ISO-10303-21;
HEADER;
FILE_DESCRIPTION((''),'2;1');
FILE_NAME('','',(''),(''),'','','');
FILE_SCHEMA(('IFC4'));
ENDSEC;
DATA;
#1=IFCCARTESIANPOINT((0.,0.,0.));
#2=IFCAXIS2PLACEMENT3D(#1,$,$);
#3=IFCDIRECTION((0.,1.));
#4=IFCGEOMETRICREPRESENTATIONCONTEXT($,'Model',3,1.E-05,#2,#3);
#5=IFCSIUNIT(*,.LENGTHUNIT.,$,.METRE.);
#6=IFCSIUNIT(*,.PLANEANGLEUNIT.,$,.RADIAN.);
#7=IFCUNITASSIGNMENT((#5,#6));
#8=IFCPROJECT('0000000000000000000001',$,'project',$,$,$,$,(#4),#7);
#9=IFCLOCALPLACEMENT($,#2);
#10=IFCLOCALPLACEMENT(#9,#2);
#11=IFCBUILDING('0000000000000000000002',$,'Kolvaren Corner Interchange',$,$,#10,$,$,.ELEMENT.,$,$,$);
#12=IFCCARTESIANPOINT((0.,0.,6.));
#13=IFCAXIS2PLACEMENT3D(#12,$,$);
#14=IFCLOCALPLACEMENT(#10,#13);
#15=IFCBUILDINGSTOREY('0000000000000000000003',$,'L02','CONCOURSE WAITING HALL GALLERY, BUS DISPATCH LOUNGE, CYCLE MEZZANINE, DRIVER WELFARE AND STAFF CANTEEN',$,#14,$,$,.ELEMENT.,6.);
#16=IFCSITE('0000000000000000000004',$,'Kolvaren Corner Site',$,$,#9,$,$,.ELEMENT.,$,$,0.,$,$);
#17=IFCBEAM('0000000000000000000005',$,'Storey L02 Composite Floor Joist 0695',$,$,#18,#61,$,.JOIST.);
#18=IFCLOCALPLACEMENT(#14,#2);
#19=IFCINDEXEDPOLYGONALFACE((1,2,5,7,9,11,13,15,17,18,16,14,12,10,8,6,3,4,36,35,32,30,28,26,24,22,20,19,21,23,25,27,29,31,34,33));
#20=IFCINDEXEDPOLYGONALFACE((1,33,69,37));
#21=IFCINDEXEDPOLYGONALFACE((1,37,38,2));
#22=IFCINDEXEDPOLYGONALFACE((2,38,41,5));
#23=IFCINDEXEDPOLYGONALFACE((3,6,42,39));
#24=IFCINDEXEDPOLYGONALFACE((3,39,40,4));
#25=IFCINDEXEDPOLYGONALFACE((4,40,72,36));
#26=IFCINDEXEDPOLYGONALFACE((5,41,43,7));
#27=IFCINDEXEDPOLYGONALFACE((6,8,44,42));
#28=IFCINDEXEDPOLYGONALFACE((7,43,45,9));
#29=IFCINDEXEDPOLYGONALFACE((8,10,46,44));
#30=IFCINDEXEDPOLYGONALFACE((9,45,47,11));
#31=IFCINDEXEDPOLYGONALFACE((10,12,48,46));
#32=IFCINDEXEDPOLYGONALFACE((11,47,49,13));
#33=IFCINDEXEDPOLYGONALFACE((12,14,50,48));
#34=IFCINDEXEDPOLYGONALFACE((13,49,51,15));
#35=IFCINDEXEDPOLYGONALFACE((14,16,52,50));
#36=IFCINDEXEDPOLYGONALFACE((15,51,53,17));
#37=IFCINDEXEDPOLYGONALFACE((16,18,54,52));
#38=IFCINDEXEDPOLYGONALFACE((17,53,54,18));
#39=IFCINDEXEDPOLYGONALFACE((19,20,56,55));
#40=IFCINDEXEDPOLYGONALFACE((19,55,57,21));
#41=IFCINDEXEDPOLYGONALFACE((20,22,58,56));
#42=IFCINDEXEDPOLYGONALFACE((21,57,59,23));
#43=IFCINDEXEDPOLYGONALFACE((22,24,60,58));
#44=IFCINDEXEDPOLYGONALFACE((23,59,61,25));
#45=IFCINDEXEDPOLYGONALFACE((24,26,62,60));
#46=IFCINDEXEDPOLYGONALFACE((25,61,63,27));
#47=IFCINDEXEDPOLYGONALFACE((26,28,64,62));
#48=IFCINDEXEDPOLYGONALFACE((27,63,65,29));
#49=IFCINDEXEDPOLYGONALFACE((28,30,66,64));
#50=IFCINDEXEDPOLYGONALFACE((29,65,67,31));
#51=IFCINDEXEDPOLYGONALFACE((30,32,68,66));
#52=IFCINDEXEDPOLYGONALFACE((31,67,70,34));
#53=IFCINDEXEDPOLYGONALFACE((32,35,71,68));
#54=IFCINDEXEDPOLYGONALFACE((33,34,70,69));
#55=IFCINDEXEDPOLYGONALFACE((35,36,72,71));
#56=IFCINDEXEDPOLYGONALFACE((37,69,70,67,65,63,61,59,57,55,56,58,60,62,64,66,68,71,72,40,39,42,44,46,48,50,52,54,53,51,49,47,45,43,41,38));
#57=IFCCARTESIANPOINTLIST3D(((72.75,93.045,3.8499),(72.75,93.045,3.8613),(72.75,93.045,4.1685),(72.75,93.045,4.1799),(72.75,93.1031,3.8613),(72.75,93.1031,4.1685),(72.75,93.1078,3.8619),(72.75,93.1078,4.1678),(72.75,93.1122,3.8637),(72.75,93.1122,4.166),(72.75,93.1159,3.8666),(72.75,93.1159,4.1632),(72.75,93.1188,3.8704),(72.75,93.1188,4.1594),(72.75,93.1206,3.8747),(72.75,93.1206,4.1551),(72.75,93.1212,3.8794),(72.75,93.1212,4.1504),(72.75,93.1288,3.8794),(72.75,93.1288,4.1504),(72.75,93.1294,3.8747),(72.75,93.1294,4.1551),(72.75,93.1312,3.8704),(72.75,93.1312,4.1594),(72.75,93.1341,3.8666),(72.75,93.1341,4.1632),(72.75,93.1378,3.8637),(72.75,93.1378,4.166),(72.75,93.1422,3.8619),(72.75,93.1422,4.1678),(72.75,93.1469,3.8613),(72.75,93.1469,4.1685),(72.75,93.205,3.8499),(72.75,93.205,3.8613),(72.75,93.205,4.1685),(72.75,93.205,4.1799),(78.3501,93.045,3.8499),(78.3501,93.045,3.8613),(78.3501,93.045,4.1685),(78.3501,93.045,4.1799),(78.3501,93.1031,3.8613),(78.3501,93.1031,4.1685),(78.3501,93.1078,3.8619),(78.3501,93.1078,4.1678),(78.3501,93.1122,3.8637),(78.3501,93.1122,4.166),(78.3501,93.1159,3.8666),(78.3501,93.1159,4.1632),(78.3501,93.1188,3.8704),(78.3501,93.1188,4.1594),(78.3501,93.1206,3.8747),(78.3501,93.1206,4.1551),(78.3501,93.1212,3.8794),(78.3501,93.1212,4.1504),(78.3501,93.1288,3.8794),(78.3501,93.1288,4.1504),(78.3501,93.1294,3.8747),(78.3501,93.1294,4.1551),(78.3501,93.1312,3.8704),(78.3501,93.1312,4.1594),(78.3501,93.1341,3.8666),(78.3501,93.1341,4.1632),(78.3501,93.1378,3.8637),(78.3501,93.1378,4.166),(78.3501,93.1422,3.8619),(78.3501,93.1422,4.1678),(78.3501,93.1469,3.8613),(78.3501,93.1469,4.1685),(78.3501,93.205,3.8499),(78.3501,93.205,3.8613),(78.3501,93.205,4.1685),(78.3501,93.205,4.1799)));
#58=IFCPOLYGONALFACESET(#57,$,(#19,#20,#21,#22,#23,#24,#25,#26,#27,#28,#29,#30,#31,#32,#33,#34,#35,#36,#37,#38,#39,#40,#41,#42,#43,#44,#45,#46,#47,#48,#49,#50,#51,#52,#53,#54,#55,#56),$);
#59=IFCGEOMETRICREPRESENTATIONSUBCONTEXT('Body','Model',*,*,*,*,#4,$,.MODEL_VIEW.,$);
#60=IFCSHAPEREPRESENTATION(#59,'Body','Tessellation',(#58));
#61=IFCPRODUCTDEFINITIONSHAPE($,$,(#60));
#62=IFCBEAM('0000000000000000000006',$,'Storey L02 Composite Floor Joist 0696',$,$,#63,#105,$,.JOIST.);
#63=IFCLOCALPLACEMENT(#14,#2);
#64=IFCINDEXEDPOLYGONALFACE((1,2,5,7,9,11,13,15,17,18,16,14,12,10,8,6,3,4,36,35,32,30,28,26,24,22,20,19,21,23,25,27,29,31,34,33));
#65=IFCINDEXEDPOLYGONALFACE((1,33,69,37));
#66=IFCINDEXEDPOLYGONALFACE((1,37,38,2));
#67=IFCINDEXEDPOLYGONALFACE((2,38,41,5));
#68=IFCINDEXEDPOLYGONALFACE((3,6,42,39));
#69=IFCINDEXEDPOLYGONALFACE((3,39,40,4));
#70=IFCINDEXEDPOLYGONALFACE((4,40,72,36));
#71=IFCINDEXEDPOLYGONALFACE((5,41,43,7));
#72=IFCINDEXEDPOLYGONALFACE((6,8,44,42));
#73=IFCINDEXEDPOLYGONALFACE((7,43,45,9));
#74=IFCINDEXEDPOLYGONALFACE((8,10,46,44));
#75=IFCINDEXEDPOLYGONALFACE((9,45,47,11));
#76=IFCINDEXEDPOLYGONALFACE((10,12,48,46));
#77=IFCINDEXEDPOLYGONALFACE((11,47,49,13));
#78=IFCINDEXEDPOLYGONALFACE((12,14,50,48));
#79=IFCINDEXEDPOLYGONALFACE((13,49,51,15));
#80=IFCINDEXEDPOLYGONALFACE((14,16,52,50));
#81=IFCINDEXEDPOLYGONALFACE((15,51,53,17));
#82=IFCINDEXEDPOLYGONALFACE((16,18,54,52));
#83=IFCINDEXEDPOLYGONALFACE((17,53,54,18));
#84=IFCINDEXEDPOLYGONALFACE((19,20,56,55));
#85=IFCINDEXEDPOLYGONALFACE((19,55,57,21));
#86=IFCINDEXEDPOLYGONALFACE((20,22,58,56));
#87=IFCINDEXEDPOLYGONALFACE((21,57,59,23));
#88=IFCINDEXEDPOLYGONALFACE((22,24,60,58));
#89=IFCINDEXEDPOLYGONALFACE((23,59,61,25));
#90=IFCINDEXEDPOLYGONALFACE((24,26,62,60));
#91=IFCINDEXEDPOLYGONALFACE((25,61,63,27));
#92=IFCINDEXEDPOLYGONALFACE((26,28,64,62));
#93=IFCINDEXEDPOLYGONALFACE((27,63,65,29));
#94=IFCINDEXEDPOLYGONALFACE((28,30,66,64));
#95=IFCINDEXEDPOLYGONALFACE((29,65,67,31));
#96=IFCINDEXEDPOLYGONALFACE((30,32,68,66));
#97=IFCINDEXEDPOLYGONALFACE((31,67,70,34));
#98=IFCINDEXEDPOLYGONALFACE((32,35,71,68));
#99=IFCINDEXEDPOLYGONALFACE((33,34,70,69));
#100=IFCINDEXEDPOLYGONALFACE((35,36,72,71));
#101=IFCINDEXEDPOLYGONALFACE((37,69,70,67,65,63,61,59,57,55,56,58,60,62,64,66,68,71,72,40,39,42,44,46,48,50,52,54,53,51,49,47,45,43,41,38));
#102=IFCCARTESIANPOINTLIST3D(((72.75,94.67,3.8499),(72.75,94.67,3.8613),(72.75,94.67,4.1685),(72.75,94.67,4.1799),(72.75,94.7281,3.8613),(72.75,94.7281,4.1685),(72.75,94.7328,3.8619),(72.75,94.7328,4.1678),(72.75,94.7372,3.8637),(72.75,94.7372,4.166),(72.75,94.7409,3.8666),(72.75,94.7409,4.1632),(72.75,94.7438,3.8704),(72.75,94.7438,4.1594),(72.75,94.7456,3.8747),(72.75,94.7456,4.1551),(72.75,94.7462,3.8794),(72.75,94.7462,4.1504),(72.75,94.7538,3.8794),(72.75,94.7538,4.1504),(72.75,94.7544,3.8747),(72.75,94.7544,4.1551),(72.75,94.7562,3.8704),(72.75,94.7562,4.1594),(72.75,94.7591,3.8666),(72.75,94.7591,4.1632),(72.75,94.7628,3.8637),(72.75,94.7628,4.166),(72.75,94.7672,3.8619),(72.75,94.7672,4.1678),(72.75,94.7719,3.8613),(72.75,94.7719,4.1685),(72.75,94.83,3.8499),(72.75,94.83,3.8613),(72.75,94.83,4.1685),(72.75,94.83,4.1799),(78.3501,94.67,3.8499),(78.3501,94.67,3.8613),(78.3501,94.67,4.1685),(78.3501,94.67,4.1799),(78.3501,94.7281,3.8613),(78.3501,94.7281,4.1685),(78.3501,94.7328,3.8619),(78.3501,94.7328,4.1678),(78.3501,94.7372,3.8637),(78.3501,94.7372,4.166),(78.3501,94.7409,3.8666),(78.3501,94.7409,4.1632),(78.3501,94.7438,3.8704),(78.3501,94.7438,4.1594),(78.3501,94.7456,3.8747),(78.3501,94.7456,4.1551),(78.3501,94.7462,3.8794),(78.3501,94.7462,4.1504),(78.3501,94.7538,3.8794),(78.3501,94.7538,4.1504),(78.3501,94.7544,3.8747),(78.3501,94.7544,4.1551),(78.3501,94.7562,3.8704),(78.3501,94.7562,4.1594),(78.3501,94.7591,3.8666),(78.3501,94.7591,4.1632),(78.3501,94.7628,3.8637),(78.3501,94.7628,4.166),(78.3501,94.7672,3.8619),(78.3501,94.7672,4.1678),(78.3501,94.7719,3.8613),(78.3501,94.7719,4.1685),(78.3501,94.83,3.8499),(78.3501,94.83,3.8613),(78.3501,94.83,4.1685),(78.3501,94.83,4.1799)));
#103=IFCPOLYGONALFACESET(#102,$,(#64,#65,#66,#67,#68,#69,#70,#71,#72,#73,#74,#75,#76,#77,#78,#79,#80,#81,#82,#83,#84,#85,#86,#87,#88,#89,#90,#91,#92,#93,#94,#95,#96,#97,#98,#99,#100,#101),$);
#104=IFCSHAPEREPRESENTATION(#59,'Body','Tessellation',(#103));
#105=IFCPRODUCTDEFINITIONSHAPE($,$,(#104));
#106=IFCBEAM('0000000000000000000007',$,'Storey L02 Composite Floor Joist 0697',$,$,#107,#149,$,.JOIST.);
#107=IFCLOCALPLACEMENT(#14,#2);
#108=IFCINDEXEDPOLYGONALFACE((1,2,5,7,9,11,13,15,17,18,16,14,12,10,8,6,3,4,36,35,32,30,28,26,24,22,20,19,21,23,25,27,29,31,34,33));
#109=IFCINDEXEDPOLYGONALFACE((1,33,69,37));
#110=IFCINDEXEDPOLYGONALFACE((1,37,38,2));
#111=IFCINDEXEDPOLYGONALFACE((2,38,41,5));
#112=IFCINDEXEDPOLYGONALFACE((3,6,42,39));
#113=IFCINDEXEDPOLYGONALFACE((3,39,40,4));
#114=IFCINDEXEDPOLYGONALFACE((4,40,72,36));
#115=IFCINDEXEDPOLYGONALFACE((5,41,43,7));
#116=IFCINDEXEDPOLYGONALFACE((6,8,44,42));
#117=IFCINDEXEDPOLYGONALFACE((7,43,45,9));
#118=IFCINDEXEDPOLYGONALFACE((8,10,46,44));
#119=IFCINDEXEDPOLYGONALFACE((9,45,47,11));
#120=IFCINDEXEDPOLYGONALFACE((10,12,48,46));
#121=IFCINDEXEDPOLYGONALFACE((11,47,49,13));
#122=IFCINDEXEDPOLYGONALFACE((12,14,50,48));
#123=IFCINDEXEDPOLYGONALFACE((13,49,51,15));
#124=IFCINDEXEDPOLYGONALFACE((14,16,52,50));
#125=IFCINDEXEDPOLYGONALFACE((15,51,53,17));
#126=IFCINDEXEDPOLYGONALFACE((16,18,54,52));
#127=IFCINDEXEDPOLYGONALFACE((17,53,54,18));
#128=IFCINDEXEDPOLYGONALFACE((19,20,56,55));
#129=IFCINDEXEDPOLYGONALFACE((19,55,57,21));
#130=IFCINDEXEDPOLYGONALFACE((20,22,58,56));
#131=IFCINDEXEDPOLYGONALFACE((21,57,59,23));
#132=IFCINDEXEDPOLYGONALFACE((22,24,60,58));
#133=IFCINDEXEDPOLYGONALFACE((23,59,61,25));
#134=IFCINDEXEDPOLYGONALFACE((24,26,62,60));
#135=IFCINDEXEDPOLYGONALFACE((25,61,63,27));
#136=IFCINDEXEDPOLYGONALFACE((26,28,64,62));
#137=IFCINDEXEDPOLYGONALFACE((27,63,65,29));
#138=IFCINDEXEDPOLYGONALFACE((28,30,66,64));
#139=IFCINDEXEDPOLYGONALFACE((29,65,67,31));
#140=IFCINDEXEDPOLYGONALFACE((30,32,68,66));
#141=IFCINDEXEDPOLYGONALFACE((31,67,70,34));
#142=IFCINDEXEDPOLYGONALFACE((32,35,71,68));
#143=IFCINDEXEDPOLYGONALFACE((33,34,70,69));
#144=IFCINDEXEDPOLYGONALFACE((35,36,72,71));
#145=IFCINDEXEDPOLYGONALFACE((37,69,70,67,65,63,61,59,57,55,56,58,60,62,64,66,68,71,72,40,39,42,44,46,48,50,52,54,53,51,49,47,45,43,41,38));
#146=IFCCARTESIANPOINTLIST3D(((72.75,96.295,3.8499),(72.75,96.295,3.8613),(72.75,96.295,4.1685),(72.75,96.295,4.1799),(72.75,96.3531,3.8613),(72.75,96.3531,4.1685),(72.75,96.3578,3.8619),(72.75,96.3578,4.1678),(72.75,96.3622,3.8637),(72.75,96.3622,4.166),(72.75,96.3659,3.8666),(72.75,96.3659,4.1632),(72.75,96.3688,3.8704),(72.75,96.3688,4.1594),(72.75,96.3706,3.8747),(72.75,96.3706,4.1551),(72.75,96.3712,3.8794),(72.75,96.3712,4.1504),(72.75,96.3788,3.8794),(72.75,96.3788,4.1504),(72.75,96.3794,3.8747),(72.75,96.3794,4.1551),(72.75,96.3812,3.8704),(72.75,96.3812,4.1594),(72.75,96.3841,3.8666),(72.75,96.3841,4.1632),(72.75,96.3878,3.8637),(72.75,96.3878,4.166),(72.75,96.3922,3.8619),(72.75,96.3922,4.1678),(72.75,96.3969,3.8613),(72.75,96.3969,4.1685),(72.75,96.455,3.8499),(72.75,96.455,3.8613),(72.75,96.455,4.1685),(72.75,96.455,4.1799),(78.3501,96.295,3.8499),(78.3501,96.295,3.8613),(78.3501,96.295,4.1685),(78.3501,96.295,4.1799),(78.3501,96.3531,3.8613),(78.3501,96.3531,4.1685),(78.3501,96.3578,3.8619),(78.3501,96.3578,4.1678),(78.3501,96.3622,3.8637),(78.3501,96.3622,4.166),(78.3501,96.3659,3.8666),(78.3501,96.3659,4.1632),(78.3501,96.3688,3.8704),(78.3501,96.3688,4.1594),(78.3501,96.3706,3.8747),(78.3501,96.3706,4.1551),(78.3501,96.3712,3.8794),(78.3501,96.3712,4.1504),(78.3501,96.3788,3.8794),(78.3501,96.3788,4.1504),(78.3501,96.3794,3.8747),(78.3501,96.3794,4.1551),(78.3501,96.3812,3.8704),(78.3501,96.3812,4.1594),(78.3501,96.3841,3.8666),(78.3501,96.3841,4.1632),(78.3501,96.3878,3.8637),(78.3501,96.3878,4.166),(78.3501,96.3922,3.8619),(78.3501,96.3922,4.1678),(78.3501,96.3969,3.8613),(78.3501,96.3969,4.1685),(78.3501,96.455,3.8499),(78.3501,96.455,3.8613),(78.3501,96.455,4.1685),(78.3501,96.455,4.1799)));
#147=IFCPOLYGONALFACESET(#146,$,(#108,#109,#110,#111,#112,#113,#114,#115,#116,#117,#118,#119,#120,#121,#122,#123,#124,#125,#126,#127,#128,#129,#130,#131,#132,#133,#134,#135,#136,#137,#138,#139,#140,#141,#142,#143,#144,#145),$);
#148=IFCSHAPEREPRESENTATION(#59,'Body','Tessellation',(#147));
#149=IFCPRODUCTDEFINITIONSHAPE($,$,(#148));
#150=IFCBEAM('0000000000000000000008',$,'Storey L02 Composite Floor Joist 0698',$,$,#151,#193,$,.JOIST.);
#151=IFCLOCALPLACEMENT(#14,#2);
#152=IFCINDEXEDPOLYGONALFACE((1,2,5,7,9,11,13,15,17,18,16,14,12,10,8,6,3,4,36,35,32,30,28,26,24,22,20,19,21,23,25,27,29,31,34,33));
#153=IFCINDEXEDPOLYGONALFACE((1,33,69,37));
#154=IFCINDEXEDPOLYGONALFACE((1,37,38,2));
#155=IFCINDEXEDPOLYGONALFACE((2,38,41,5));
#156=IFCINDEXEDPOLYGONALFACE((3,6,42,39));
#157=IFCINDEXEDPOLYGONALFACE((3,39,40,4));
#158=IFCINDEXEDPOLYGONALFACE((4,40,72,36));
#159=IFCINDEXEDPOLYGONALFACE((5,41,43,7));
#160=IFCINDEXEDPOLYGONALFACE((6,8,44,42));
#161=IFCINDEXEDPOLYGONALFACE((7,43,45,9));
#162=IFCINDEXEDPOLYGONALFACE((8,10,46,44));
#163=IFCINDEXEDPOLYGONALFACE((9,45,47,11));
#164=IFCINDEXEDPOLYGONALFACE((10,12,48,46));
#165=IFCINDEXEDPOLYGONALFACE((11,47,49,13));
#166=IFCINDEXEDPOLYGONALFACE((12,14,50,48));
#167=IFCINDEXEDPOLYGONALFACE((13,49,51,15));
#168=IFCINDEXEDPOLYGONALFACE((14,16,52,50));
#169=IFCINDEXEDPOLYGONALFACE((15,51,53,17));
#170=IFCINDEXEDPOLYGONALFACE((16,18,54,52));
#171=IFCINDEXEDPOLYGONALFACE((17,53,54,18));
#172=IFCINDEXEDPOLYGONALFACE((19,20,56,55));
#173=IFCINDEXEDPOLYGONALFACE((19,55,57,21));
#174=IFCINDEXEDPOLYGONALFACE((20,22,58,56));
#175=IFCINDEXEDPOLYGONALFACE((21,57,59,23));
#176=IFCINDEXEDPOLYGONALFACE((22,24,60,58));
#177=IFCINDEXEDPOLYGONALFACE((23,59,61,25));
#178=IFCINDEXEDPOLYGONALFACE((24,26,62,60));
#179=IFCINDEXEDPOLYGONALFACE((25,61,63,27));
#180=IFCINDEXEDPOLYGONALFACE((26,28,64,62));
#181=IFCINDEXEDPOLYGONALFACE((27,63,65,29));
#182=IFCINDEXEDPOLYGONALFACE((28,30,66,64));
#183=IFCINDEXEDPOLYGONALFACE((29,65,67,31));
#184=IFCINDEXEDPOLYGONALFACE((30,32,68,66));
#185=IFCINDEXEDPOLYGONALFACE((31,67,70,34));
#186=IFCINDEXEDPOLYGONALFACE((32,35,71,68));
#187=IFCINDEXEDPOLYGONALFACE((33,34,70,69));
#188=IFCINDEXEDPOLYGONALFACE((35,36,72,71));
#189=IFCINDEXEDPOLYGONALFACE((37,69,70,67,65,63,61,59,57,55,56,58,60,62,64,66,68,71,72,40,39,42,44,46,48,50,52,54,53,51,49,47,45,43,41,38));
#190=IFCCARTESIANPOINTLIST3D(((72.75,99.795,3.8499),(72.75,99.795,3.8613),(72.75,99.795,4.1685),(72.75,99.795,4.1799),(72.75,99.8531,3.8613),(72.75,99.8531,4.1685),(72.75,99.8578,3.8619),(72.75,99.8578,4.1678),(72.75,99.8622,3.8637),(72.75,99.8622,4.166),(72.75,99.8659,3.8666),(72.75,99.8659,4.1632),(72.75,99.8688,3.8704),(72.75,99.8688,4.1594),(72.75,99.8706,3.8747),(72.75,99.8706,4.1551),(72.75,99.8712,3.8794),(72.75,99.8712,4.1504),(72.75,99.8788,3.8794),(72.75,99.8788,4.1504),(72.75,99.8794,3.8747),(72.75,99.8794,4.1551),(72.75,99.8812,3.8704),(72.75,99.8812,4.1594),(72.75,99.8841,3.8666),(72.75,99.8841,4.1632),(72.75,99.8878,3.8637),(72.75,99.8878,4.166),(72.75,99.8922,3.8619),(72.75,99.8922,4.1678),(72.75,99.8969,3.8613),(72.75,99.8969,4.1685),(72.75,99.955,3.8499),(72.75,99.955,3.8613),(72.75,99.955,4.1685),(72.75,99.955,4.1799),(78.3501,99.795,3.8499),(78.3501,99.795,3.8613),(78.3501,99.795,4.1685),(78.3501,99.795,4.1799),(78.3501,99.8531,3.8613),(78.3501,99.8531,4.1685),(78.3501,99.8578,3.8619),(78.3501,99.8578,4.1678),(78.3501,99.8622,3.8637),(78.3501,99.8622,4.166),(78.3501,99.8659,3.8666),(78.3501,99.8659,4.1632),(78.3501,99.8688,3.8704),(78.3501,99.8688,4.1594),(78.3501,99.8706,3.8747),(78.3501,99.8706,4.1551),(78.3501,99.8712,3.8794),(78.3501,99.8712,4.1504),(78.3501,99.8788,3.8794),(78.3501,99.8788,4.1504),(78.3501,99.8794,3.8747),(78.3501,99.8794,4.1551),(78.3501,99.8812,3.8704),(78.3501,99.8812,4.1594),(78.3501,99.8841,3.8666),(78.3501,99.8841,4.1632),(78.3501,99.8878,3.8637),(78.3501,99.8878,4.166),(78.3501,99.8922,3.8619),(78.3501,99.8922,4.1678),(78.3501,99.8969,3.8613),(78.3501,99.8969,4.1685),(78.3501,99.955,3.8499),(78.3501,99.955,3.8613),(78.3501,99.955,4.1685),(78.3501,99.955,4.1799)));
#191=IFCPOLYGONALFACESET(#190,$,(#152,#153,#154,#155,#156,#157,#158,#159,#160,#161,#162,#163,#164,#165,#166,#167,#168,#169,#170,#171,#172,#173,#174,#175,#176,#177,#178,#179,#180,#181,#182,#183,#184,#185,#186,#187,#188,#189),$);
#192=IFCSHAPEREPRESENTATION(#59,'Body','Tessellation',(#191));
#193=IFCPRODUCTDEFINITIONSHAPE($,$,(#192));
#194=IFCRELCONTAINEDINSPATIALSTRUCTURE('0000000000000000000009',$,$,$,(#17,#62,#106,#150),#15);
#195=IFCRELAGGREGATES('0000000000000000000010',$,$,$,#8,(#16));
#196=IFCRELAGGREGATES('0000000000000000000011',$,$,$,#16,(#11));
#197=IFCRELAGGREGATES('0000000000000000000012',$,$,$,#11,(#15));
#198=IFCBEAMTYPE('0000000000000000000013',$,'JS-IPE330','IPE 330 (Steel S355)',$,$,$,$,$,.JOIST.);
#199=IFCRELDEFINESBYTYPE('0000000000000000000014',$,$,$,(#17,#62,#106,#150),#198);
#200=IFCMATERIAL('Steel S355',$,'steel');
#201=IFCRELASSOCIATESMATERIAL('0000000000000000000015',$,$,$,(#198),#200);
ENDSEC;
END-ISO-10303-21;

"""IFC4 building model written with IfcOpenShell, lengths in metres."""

from ifc_helpers import new_model, si_unit, direction, frame, origin, origin_2d, place, context, subcontext, project, spatial, i_section, extrude, material, material_profile, profile_set, type_object, element, save


model = new_model("IFC4")

# Units and contexts
model_context = context("Model", 3, precision=1e-05, world=origin(), true_north=direction((0.0, 1.0)))
body_context = subcontext(model_context, "Body", "Model", "MODEL_VIEW")
ifc_project = project(units=[si_unit("LENGTHUNIT", "METRE"), si_unit("PLANEANGLEUNIT", "RADIAN")], contexts=[model_context])

# Site, building, storey
site_placement = place(None, origin())
site = spatial("IfcSite", under=ifc_project, at=site_placement, Name="Kolvaren Corner Site", CompositionType="ELEMENT", RefElevation=0.0)
building_placement = place(site_placement, origin())
building = spatial("IfcBuilding", under=site, at=building_placement, Name="Kolvaren Corner Interchange", CompositionType="ELEMENT")
storey_placement = place(building_placement, frame((0.0, 0.0, 6.0)))
storey = spatial("IfcBuildingStorey", under=building, at=storey_placement, Name="L02", Description="CONCOURSE WAITING HALL GALLERY, BUS DISPATCH LOUNGE, CYCLE MEZZANINE, DRIVER WELFARE AND STAFF CANTEEN", CompositionType="ELEMENT", Elevation=6.0)

# Beams
ifc_material_1 = material(Name="Steel S355", Category="steel")
ifc_material_profile_1 = material_profile(ifc_material_1, i_section(OverallWidth=0.1599, OverallDepth=0.3301, WebThickness=0.0076, FlangeThickness=0.0115, FilletRadius=0.0181, at=origin_2d()), Name="IPE 330")
ifc_profile_set_1 = profile_set([ifc_material_profile_1], Name="Steel S355")
beam_type_1 = type_object("IfcBeamType", Name="JS-IPE330", Description="IPE 330 (Steel S355)", PredefinedType="JOIST", material=ifc_profile_set_1)
for number, where, z_axis, x_axis, name in (
    (1, (72.75, 93.125, 4.0149), (1.0, 0.0, 0.0), (0.0, 1.0, 0.0), "Storey L02 Composite Floor Joist 0695"),
    (2, (72.75, 94.75, 4.0149), (1.0, 0.0, 0.0), (0.0, 1.0, 0.0), "Storey L02 Composite Floor Joist 0696"),
    (3, (72.75, 96.375, 4.0149), (1.0, 0.0, 0.0), (0.0, 1.0, 0.0), "Storey L02 Composite Floor Joist 0697"),
    (4, (72.75, 99.875, 4.0149), (1.0, 0.0, 0.0), (0.0, 1.0, 0.0), "Storey L02 Composite Floor Joist 0698"),
):
    element("IfcBeam", number, at=place(storey_placement, frame(where, z_axis=z_axis, x_axis=x_axis)), inside=storey, type_object=beam_type_1, Name=name, PredefinedType="JOIST", context=body_context, shape_type="SweptSolid", body=[
        extrude(i_section(OverallWidth=0.1599, OverallDepth=0.3301, WebThickness=0.0076, FlangeThickness=0.0115, FilletRadius=0.0181, at=origin_2d()), origin(), (0.0, 0.0, 1.0), 5.6001),
    ])

save(model, "model.ifc")
